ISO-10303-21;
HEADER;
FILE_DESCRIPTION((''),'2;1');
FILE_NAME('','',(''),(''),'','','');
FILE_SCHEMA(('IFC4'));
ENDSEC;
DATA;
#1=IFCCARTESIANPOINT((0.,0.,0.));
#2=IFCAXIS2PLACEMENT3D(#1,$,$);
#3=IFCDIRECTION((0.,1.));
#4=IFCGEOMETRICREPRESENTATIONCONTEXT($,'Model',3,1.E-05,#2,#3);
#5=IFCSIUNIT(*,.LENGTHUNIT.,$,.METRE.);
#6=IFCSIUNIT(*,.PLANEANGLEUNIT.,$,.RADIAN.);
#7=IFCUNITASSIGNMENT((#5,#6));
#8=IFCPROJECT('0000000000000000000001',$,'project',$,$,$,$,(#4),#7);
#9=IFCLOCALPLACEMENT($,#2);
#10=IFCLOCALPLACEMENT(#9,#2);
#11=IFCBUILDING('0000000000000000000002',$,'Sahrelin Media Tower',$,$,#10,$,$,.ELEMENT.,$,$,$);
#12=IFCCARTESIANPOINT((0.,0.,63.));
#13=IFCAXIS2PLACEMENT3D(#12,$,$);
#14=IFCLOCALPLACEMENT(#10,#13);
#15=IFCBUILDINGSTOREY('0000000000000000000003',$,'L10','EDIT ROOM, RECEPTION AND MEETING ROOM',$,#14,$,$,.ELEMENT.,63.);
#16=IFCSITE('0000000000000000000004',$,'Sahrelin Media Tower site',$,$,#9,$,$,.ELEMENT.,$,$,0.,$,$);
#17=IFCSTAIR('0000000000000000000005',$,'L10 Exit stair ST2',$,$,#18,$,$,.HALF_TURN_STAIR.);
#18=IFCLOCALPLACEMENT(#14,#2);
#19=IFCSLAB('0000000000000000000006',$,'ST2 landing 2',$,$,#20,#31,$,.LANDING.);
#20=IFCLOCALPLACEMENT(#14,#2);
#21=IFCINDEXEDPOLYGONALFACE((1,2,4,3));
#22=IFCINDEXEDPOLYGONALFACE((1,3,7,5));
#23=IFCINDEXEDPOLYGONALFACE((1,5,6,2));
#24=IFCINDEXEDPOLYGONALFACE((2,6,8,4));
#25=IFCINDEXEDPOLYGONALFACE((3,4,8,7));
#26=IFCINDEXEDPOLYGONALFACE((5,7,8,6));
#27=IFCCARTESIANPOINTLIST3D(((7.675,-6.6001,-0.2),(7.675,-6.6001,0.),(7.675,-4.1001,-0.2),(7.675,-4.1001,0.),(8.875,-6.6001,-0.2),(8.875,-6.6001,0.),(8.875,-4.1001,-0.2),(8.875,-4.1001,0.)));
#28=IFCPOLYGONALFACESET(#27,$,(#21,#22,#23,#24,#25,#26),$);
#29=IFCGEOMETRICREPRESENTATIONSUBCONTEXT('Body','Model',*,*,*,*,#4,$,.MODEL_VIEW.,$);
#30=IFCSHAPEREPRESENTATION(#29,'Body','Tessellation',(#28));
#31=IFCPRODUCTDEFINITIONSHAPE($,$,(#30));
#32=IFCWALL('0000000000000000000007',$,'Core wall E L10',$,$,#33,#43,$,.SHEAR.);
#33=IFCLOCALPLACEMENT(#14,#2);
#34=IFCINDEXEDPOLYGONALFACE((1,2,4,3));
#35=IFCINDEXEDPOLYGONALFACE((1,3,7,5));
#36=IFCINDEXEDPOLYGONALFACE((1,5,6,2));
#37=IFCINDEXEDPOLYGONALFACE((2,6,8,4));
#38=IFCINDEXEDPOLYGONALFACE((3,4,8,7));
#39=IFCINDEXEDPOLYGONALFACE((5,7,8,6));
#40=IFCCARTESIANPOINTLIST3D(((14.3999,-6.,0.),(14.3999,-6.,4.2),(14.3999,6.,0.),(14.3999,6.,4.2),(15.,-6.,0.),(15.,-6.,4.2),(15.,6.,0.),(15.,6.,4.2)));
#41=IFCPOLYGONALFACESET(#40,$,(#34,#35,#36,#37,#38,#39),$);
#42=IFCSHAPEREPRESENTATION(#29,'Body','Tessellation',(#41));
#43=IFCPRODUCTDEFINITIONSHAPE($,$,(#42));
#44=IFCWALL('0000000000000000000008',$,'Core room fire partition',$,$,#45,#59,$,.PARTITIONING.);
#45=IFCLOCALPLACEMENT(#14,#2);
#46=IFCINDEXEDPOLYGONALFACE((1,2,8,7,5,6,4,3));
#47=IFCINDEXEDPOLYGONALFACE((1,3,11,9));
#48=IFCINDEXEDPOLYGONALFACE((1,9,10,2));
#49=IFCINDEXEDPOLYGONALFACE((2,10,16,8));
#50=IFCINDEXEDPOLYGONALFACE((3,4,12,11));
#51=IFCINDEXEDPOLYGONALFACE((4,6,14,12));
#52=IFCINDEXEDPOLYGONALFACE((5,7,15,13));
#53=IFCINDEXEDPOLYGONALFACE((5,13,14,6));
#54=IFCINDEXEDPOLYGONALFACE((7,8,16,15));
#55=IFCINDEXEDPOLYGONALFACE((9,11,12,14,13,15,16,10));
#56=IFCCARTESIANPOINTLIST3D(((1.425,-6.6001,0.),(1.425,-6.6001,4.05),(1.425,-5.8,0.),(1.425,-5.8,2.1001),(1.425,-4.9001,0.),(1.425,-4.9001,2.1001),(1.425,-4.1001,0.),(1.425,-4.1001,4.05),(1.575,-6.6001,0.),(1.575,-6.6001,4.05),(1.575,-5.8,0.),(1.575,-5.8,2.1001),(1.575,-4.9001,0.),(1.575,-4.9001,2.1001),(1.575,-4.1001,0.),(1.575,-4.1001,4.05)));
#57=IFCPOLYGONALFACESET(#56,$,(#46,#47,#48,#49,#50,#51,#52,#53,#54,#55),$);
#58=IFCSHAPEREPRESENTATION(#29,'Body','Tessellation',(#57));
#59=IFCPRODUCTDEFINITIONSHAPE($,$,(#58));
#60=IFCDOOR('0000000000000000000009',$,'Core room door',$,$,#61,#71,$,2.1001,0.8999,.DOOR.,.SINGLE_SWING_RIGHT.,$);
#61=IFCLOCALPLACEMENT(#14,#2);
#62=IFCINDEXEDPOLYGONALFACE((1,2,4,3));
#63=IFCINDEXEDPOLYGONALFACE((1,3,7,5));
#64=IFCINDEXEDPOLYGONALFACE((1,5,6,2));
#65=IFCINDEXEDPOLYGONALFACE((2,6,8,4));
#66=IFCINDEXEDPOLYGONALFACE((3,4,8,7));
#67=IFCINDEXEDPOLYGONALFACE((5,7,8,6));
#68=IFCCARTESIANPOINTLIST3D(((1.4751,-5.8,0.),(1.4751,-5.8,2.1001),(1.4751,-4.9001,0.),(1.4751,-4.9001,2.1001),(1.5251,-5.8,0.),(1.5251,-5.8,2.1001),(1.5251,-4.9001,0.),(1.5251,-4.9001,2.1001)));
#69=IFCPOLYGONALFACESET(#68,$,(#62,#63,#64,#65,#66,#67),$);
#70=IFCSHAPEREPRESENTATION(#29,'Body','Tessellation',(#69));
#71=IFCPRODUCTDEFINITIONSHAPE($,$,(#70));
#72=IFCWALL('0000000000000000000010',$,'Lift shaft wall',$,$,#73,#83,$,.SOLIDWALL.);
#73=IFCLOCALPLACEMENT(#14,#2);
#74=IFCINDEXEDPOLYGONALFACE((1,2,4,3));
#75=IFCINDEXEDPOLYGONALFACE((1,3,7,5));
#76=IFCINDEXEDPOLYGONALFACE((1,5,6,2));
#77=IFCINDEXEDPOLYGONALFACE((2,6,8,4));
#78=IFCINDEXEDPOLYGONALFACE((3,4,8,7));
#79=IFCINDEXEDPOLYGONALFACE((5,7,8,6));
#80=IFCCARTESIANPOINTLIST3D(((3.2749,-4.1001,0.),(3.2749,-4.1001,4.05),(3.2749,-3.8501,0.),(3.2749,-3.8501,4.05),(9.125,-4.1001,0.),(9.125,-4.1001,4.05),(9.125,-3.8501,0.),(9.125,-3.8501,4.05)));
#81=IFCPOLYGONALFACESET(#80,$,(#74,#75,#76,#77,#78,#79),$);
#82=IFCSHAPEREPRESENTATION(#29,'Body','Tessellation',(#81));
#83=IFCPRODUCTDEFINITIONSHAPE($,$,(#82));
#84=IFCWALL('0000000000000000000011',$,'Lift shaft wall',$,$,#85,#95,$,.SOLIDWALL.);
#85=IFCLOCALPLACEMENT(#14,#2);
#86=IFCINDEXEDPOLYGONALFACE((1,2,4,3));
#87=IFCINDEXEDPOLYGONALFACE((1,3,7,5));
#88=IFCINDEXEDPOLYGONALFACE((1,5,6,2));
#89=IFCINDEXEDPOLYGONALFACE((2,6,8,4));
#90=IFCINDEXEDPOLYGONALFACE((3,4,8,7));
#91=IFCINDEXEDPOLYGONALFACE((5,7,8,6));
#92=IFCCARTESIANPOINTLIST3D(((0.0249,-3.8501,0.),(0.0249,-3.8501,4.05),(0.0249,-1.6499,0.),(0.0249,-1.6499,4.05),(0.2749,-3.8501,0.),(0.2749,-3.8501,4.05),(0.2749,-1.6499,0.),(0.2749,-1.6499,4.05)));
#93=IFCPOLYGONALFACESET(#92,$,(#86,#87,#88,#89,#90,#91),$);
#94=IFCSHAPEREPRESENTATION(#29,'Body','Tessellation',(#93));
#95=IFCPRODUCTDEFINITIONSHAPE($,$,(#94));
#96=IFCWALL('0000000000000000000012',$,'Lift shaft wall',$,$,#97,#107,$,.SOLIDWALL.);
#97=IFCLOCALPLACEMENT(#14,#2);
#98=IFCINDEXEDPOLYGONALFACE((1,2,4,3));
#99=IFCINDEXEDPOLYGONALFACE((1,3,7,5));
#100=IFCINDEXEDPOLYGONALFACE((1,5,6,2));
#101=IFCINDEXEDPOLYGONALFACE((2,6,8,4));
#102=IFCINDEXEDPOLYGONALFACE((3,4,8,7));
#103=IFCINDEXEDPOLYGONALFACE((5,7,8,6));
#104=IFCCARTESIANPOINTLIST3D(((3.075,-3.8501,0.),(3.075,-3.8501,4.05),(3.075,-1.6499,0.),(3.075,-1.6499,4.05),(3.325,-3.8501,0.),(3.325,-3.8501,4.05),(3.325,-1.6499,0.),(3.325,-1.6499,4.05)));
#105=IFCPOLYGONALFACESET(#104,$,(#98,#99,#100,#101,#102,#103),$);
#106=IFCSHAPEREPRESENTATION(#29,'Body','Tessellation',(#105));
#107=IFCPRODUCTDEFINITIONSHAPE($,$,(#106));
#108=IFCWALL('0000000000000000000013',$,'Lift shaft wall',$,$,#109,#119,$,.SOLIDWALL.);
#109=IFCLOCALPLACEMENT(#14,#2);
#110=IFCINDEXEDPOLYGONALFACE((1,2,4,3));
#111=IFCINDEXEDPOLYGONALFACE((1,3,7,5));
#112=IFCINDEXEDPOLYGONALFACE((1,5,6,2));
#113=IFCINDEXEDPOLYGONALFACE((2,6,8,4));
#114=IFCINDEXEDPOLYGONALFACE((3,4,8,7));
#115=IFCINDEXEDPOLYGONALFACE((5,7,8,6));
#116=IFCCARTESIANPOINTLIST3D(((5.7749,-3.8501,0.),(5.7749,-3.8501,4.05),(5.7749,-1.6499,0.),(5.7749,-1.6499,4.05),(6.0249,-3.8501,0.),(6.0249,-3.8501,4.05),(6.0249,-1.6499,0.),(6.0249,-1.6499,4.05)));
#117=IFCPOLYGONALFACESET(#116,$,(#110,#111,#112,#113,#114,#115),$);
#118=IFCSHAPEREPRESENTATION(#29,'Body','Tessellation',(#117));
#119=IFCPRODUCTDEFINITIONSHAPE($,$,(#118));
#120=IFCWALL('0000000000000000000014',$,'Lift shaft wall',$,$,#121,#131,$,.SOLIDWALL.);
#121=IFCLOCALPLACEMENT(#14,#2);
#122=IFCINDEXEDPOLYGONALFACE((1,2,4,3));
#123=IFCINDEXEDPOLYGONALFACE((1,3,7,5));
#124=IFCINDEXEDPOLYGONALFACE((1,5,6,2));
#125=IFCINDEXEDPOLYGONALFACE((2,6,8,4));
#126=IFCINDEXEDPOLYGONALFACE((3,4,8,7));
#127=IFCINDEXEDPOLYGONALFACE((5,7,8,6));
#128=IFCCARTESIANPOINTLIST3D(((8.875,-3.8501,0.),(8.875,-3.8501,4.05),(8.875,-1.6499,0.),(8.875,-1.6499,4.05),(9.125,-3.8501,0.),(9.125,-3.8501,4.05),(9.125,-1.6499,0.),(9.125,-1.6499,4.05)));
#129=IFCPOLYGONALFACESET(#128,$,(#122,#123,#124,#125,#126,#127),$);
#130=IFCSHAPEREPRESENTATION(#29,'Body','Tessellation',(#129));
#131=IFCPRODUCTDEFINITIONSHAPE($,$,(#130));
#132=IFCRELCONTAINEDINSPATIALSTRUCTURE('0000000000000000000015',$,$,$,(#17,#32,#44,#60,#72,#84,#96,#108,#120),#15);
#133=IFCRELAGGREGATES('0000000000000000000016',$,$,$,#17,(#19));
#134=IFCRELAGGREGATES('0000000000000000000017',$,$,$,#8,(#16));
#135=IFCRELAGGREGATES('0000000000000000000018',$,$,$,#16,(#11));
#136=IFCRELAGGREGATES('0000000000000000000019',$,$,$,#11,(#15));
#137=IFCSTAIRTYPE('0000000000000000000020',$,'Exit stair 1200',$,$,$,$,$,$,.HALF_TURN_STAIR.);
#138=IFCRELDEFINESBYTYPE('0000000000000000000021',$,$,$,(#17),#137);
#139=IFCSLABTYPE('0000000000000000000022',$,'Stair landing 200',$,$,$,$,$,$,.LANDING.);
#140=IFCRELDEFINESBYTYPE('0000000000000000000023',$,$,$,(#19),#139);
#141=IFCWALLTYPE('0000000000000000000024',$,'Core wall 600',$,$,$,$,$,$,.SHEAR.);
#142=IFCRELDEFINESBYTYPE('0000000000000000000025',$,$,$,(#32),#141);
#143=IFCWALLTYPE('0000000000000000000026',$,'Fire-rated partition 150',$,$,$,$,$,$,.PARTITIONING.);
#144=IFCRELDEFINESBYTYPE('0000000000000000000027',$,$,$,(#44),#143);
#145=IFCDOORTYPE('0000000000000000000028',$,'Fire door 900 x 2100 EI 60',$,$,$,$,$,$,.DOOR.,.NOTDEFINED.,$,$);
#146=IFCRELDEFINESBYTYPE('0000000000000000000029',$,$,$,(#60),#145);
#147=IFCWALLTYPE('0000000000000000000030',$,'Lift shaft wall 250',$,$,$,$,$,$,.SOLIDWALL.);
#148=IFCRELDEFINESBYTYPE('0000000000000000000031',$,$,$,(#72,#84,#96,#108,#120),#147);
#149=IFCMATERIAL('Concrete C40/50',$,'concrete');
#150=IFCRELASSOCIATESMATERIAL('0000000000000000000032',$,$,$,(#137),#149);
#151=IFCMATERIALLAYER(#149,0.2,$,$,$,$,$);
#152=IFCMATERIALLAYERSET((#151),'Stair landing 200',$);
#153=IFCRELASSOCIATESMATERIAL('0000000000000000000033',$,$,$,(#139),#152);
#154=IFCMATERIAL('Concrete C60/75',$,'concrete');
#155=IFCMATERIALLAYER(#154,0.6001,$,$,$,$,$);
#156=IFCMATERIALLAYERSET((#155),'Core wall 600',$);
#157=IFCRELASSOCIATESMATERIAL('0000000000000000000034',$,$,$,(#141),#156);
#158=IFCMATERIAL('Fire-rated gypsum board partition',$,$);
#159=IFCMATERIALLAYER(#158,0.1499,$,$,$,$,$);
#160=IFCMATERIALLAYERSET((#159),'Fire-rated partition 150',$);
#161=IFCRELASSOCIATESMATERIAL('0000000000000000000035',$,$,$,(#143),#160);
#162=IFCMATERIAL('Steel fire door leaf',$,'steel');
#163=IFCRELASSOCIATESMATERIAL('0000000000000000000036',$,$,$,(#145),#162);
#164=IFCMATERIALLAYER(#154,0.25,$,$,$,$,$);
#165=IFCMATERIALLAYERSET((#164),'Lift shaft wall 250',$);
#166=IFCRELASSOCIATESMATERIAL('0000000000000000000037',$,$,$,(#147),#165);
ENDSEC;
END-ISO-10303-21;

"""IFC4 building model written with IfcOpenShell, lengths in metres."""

from ifc_helpers import new_model, si_unit, direction, frame, frame_2d, origin, place, context, subcontext, project, spatial, polyline, rectangle, outline, extrude, material, layer, layer_set, type_object, element, fill, aggregate, save


model = new_model("IFC4")

# Units and contexts
model_context = context("Model", 3, precision=1e-05, world=origin(), true_north=direction((0.0, 1.0)))
body_context = subcontext(model_context, "Body", "Model", "MODEL_VIEW")
ifc_project = project(units=[si_unit("LENGTHUNIT", "METRE"), si_unit("PLANEANGLEUNIT", "RADIAN")], contexts=[model_context])

# Site, building, storey
site_placement = place(None, origin())
site = spatial("IfcSite", under=ifc_project, at=site_placement, Name="Sahrelin Media Tower site", CompositionType="ELEMENT", RefElevation=0.0)
building_placement = place(site_placement, origin())
building = spatial("IfcBuilding", under=site, at=building_placement, Name="Sahrelin Media Tower", CompositionType="ELEMENT")
storey_placement = place(building_placement, frame((0.0, 0.0, 63.0)))
storey = spatial("IfcBuildingStorey", under=building, at=storey_placement, Name="L10", Description="EDIT ROOM, RECEPTION AND MEETING ROOM", CompositionType="ELEMENT", Elevation=63.0)

# Shared definitions
ifc_material_1 = material(Name="Concrete C40/50", Category="concrete")

# Stair, slab
stair_type = type_object("IfcStairType", Name="Exit stair 1200", PredefinedType="HALF_TURN_STAIR", material=ifc_material_1)
placement_1 = place(storey_placement, origin())
ifc_layer_1 = layer(ifc_material_1, 0.2)
ifc_layer_set_1 = layer_set([ifc_layer_1], Name="Stair landing 200")
slab_type_1 = type_object("IfcSlabType", Name="Stair landing 200", PredefinedType="LANDING", material=ifc_layer_set_1)
placement_2 = place(storey_placement, frame((0.0, 0.0, -0.2)))
stair_1 = element("IfcStair", 1, at=placement_1, inside=storey, type_object=stair_type, Name="L10 Exit stair ST2", PredefinedType="HALF_TURN_STAIR")
slab_1 = element("IfcSlab", 2, at=placement_2, type_object=slab_type_1, Name="ST2 landing 2", PredefinedType="LANDING", context=body_context, shape_type="SweptSolid", body=[
    extrude(outline(polyline([(8.875, -4.1001), (7.675, -4.1001), (7.675, -6.6001), (8.875, -6.6001), (8.875, -4.1001)])), origin(), (0.0, 0.0, 1.0), 0.2),
])
aggregate(stair_1, [slab_1])

# Wall
ifc_material_2 = material(Name="Concrete C60/75", Category="concrete")
ifc_layer_2 = layer(ifc_material_2, 0.6001)
ifc_layer_set_2 = layer_set([ifc_layer_2], Name="Core wall 600")
wall_type_1 = type_object("IfcWallType", Name="Core wall 600", PredefinedType="SHEAR", material=ifc_layer_set_2)
wall_1_placement = place(storey_placement, frame((14.7, -6.0, 0.0), z_axis=(0.0, 0.0, 1.0), x_axis=(0.0, 1.0, 0.0)))
element("IfcWall", 3, at=wall_1_placement, inside=storey, type_object=wall_type_1, Name="Core wall E L10", PredefinedType="SHEAR", context=body_context, shape_type="SweptSolid", body=[
    extrude(rectangle(XDim=12.0, YDim=0.6001, at=frame_2d((6.0, 0.0))), origin(), (0.0, 0.0, 1.0), 4.2),
])

# Wall, opening, door
ifc_material_3 = material(Name="Fire-rated gypsum board partition")
ifc_layer_3 = layer(ifc_material_3, 0.1499)
ifc_layer_set_3 = layer_set([ifc_layer_3], Name="Fire-rated partition 150")
wall_type_2 = type_object("IfcWallType", Name="Fire-rated partition 150", PredefinedType="PARTITIONING", material=ifc_layer_set_3)
wall_2_placement = place(storey_placement, frame((1.5, -6.6001, 0.0), z_axis=(0.0, 0.0, 1.0), x_axis=(0.0, 1.0, 0.0)))
wall_2 = element("IfcWall", 4, at=wall_2_placement, inside=storey, type_object=wall_type_2, Name="Core room fire partition", PredefinedType="PARTITIONING", context=body_context, shape_type="SweptSolid", body=[
    extrude(rectangle(XDim=2.5, YDim=0.1499, at=frame_2d((1.25, 0.0))), origin(), (0.0, 0.0, 1.0), 4.05),
])
opening_1_placement = place(wall_2_placement, frame((0.8, 0.0, 0.0)))
opening_1 = element("IfcOpeningElement", 5, at=opening_1_placement, cuts=wall_2, PredefinedType="OPENING", context=body_context, shape_type="SweptSolid", body=[
    extrude(rectangle(XDim=0.8999, YDim=2.1001, at=frame_2d((0.45, 1.05))), frame((0.0, 0.075, 0.0), z_axis=(0.0, -1.0, 0.0), x_axis=(1.0, 0.0, 0.0)), (0.0, 0.0, 1.0), 0.1499),
])
ifc_material_4 = material(Name="Steel fire door leaf", Category="steel")
door_type_1 = type_object("IfcDoorType", Name="Fire door 900 x 2100 EI 60", OperationType="NOTDEFINED", PredefinedType="DOOR", material=ifc_material_4)
door_1_placement = place(opening_1_placement, origin())
door_1 = element("IfcDoor", 6, at=door_1_placement, inside=storey, type_object=door_type_1, Name="Core room door", OperationType="SINGLE_SWING_RIGHT", OverallHeight=2.1001, OverallWidth=0.8999, PredefinedType="DOOR", context=body_context, shape_type="SweptSolid", body=[
    extrude(rectangle(XDim=0.8999, YDim=2.1001, at=frame_2d((0.45, 1.05))), frame((0.0, 0.0249, 0.0), z_axis=(0.0, -1.0, 0.0), x_axis=(1.0, 0.0, 0.0)), (0.0, 0.0, 1.0), 0.05),
])
fill(opening_1, door_1)

# Walls
ifc_layer_4 = layer(ifc_material_2, 0.25)
ifc_layer_set_4 = layer_set([ifc_layer_4], Name="Lift shaft wall 250")
wall_type_3 = type_object("IfcWallType", Name="Lift shaft wall 250", PredefinedType="SOLIDWALL", material=ifc_layer_set_4)
wall_3_placement = place(storey_placement, frame((3.2749, -3.9751, 0.0), z_axis=(0.0, 0.0, 1.0), x_axis=(1.0, 0.0, 0.0)))
element("IfcWall", 7, at=wall_3_placement, inside=storey, type_object=wall_type_3, Name="Lift shaft wall", PredefinedType="SOLIDWALL", context=body_context, shape_type="SweptSolid", body=[
    extrude(rectangle(XDim=5.8501, YDim=0.25, at=frame_2d((2.925, 0.0))), origin(), (0.0, 0.0, 1.0), 4.05),
])
for number, where, z_axis, x_axis, name in (
    (8, (0.1499, -3.8501, 0.0), (0.0, 0.0, 1.0), (0.0, 1.0, 0.0), "Lift shaft wall"),
    (9, (3.2, -3.8501, 0.0), (0.0, 0.0, 1.0), (0.0, 1.0, 0.0), "Lift shaft wall"),
    (10, (5.8999, -3.8501, 0.0), (0.0, 0.0, 1.0), (0.0, 1.0, 0.0), "Lift shaft wall"),
    (11, (9.0, -3.8501, 0.0), (0.0, 0.0, 1.0), (0.0, 1.0, 0.0), "Lift shaft wall"),
):
    element("IfcWall", number, at=place(storey_placement, frame(where, z_axis=z_axis, x_axis=x_axis)), inside=storey, type_object=wall_type_3, Name=name, PredefinedType="SOLIDWALL", context=body_context, shape_type="SweptSolid", body=[
        extrude(rectangle(XDim=2.2002, YDim=0.25, at=frame_2d((1.1001, 0.0))), origin(), (0.0, 0.0, 1.0), 4.05),
    ])

save(model, "model.ifc")
